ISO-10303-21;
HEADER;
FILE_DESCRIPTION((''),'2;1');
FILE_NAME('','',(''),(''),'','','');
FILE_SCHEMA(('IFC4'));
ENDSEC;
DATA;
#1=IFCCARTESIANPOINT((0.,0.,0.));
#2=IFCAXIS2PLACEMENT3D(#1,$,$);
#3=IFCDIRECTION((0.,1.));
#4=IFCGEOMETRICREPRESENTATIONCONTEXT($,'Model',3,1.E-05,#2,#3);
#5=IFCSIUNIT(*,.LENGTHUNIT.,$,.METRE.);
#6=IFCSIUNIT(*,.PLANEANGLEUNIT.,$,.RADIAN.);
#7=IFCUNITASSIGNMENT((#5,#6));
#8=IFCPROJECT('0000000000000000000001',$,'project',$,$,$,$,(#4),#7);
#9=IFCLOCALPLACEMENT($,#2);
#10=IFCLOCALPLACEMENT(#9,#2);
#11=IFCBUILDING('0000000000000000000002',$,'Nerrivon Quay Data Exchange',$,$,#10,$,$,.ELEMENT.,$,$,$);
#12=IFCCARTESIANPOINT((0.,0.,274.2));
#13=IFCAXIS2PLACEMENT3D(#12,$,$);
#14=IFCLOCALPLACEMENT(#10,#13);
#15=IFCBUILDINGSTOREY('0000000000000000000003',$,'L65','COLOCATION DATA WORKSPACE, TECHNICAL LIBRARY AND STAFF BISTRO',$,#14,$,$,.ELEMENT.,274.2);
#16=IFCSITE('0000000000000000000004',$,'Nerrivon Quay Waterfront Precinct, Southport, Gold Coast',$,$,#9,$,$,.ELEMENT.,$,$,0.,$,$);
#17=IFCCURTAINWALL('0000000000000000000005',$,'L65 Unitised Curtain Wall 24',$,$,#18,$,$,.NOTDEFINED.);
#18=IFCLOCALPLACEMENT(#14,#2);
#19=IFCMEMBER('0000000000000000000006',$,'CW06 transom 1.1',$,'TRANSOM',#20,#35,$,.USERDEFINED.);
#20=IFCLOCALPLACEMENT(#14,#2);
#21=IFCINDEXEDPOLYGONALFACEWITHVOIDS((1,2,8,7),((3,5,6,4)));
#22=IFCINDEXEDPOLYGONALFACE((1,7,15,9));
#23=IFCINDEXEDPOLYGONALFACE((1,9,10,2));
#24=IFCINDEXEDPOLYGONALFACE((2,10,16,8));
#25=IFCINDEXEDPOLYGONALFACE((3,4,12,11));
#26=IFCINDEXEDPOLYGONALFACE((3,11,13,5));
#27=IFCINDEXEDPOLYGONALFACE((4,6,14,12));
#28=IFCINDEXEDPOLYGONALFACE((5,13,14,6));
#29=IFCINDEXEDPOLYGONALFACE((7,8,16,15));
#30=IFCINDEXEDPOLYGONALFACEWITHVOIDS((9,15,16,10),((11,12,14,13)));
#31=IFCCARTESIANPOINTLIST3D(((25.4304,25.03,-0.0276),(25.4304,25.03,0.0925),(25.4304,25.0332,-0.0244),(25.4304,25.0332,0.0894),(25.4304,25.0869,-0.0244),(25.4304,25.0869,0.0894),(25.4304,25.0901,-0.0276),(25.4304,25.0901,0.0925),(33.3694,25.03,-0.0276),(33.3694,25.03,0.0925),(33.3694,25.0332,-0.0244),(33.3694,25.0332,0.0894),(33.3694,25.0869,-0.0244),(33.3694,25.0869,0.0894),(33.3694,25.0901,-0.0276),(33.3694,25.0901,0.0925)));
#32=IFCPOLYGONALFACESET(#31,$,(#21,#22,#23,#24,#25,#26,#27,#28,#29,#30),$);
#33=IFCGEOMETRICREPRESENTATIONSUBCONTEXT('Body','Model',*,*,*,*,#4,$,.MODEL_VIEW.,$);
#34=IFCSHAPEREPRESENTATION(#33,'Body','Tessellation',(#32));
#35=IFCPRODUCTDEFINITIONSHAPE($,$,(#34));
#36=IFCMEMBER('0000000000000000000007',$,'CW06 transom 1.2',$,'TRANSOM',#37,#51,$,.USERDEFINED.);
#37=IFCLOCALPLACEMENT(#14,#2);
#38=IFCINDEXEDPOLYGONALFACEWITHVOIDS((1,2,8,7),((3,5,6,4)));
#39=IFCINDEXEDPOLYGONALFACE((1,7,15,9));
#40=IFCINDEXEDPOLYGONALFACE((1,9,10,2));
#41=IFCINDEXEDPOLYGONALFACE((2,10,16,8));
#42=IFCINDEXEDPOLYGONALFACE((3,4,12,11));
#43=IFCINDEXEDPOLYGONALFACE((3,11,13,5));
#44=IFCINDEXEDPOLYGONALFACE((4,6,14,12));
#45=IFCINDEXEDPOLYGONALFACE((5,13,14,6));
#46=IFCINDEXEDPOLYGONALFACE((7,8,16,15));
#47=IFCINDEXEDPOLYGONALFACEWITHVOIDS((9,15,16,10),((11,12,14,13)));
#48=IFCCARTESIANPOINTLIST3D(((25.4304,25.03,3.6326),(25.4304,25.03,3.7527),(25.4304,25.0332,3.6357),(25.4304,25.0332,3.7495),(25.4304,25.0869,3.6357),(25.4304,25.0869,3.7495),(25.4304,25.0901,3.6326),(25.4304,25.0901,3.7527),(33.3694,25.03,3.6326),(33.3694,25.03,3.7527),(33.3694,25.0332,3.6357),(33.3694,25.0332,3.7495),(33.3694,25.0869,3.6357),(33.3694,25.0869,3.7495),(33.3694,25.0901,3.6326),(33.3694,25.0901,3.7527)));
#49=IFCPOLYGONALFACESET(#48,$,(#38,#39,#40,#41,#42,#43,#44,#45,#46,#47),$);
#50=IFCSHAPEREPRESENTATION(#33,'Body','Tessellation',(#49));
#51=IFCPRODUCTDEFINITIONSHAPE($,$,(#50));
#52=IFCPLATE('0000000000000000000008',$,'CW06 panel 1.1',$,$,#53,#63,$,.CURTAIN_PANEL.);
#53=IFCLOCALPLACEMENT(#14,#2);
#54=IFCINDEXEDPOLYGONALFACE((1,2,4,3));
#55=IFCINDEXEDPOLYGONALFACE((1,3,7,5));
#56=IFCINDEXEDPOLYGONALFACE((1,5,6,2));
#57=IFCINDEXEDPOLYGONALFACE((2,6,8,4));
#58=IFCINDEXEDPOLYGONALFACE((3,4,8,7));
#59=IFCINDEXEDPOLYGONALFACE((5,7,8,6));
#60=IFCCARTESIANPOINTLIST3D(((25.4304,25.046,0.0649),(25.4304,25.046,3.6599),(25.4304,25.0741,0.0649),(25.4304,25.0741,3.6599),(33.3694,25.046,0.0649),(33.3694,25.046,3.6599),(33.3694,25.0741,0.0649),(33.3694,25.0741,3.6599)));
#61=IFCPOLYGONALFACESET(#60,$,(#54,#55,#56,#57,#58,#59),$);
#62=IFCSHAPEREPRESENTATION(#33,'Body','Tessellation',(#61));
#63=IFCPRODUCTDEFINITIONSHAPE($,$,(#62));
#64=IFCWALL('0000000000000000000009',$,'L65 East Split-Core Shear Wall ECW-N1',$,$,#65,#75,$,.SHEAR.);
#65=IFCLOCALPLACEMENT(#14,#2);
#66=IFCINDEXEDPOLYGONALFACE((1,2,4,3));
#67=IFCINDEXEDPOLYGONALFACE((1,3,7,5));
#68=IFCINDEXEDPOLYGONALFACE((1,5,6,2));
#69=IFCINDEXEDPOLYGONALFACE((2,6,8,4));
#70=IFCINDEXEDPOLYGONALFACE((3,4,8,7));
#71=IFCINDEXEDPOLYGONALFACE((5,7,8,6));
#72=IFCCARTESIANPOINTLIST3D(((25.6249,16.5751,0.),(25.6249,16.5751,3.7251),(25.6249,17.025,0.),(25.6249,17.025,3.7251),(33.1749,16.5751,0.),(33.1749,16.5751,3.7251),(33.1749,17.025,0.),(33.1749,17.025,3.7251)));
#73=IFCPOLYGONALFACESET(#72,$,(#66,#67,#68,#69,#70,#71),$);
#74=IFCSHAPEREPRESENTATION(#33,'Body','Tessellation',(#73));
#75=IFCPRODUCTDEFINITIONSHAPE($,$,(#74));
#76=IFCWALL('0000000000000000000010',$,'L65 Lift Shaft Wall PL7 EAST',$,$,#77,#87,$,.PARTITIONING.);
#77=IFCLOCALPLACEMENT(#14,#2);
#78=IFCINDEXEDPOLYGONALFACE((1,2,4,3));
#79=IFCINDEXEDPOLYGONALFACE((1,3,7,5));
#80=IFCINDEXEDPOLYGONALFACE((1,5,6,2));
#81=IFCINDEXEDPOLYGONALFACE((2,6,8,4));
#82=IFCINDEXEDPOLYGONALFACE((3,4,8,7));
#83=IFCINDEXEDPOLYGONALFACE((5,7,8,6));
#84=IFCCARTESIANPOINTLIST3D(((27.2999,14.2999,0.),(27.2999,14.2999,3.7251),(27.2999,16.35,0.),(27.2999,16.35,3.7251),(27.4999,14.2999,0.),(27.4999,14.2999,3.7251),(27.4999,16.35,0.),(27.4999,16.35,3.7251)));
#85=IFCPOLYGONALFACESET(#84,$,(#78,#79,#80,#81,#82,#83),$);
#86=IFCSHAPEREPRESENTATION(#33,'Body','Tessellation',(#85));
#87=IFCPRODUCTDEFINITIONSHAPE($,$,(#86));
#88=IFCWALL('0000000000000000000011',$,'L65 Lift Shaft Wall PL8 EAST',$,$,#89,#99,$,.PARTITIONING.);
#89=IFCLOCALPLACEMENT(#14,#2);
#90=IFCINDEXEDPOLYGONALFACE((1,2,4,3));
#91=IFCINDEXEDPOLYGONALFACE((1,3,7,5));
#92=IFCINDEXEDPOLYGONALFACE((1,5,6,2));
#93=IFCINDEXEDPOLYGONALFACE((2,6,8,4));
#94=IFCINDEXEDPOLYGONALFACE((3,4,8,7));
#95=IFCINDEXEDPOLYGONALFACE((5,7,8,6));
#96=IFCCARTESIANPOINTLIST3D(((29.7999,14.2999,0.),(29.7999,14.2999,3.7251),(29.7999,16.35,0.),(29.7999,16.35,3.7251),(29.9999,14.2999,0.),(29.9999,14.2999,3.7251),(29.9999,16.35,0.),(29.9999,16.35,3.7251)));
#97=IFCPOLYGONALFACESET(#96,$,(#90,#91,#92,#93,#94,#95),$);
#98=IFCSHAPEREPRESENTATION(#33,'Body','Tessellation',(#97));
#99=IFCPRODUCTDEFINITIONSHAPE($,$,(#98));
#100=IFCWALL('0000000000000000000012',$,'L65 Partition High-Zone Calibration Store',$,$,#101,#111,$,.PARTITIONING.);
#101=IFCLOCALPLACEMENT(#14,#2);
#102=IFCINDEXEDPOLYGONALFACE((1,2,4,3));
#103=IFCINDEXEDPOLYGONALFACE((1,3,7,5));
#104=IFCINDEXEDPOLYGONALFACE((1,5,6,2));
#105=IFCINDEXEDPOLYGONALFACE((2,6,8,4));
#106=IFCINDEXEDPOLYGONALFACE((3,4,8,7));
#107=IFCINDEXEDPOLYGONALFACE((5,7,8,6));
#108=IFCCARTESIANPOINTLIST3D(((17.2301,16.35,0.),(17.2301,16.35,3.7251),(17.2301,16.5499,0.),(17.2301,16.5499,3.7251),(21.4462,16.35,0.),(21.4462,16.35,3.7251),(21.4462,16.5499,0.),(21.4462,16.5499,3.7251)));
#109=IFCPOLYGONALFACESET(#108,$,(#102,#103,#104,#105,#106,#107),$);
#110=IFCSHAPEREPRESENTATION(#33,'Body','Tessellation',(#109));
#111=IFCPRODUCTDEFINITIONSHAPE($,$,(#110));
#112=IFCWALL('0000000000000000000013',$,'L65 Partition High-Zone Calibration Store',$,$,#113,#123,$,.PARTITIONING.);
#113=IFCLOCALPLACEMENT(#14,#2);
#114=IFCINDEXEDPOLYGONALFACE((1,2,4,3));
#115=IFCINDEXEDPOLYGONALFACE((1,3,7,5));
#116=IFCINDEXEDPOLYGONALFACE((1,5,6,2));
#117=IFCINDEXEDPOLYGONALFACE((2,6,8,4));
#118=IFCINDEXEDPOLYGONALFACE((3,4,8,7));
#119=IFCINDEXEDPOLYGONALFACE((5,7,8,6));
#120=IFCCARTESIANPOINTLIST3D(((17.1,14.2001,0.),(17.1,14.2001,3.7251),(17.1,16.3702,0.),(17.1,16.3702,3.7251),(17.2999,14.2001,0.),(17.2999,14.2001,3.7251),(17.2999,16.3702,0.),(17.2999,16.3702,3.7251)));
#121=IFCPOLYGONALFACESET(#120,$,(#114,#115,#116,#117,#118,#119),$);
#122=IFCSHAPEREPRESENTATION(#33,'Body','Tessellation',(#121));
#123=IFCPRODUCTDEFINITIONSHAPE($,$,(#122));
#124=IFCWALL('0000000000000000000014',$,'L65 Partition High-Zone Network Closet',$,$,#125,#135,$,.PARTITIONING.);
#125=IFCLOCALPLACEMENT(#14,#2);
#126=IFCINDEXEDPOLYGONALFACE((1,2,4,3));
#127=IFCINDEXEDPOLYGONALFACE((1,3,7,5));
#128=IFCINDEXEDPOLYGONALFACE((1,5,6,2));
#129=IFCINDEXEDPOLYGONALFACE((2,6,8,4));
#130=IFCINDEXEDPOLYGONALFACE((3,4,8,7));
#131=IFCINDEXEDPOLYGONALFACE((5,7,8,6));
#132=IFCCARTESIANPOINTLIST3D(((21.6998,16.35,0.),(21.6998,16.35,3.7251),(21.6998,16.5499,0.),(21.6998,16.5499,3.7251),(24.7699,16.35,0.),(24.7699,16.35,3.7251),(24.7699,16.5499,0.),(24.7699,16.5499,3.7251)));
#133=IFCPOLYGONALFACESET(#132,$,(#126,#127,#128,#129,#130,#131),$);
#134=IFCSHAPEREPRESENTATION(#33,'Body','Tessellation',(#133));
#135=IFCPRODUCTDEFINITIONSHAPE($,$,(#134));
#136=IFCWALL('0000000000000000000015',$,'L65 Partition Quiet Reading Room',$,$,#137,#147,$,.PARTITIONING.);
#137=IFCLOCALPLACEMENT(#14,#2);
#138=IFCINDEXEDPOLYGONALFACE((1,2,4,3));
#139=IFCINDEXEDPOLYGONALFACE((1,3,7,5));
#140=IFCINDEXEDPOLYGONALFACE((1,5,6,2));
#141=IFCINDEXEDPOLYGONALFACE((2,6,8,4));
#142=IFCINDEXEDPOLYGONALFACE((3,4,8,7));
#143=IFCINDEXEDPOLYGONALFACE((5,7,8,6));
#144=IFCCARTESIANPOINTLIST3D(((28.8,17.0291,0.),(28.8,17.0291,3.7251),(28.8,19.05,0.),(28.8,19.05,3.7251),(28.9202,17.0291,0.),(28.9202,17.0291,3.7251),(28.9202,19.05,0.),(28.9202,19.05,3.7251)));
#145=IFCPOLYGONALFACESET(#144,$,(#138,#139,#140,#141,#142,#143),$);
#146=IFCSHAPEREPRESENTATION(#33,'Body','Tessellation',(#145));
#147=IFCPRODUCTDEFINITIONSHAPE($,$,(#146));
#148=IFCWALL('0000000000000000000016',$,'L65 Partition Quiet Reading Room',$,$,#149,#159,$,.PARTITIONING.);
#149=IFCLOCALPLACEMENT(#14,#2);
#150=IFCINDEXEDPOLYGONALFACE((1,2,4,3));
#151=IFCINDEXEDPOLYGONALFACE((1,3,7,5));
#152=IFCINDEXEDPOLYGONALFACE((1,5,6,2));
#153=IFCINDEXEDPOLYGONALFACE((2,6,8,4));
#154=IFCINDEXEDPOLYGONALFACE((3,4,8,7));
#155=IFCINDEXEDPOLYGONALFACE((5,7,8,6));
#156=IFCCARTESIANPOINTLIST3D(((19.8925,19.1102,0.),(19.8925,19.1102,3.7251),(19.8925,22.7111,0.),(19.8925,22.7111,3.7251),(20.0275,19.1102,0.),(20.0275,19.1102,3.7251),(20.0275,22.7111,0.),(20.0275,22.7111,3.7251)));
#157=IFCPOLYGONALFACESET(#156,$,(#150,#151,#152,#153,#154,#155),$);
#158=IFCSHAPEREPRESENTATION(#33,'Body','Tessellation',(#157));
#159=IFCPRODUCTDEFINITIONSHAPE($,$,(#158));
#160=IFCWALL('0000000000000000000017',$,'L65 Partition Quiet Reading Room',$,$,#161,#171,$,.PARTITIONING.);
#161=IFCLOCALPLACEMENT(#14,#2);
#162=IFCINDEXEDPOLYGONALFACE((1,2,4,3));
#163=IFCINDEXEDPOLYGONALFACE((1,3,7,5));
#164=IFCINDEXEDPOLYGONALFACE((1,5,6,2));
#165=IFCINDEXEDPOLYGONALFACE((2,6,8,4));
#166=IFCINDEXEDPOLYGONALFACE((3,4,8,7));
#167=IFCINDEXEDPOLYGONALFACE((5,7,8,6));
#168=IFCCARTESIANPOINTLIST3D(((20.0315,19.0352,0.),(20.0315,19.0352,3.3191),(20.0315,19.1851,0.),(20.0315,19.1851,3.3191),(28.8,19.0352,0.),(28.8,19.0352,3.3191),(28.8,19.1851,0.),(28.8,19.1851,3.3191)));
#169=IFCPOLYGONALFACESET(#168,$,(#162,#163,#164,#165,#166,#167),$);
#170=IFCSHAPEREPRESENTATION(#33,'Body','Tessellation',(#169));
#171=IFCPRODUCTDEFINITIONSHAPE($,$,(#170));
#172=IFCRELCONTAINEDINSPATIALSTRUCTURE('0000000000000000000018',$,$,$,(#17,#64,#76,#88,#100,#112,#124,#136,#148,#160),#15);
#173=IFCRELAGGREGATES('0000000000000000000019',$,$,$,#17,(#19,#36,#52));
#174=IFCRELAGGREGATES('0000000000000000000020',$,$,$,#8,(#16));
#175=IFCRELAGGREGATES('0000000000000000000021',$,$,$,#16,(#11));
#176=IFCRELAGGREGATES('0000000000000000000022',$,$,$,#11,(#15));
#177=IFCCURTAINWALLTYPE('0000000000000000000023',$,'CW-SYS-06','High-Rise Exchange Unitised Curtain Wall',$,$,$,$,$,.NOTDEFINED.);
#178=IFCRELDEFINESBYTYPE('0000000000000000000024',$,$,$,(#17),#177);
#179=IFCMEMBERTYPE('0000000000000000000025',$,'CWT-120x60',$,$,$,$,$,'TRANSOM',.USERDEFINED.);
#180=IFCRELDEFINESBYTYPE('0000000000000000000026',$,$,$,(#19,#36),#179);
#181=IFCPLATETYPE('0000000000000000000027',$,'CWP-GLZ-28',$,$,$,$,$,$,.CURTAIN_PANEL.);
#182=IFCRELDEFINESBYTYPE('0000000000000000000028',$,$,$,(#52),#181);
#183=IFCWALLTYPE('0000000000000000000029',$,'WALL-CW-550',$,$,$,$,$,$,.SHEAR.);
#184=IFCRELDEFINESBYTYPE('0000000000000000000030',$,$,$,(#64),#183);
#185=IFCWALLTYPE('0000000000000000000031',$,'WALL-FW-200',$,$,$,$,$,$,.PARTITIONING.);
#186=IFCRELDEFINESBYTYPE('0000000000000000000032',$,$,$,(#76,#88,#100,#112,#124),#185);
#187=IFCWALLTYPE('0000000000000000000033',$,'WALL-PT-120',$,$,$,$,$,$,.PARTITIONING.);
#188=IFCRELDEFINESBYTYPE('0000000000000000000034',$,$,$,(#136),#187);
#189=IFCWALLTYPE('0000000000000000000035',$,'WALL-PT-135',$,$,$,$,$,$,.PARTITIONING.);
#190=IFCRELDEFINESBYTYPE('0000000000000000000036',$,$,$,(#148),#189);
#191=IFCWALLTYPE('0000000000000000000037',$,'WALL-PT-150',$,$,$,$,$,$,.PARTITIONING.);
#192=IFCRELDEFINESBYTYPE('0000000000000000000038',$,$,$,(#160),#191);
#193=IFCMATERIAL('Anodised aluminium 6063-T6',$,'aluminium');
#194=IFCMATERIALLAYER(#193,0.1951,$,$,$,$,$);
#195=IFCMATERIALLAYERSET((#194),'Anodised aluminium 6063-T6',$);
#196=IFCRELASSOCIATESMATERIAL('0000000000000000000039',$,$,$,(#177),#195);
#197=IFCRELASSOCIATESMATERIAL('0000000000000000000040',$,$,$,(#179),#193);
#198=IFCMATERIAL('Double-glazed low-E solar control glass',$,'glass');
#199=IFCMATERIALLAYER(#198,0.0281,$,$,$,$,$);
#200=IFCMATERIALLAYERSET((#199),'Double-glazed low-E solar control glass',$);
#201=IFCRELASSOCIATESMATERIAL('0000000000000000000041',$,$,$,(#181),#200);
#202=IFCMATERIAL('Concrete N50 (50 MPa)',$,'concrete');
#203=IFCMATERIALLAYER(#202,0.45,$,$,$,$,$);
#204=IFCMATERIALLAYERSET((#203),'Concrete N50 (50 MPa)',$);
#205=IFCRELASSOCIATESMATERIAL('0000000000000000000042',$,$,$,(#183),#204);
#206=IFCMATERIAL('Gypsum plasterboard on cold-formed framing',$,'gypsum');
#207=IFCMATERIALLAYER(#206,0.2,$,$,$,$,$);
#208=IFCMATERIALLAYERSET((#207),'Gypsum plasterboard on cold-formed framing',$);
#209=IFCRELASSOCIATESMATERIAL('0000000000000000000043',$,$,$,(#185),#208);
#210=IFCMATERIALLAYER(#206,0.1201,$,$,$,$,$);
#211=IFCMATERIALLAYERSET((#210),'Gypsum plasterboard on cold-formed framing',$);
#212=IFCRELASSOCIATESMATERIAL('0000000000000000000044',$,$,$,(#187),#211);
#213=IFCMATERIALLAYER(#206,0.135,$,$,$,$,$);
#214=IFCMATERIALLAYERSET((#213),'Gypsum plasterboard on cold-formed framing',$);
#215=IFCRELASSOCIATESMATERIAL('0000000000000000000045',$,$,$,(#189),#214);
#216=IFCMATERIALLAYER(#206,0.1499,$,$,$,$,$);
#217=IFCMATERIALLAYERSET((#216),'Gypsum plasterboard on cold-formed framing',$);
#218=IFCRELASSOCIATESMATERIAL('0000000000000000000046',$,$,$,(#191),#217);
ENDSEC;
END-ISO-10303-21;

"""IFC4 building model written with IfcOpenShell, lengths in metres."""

from ifc_helpers import new_model, si_unit, direction, frame, frame_2d, origin, origin_2d, place, context, subcontext, project, spatial, rectangle, hollow_rectangle, extrude, material, layer, layer_set, material_profile, profile_set, type_object, element, aggregate, save


model = new_model("IFC4")

# Units and contexts
model_context = context("Model", 3, precision=1e-05, world=origin(), true_north=direction((0.0, 1.0)))
body_context = subcontext(model_context, "Body", "Model", "MODEL_VIEW")
ifc_project = project(units=[si_unit("LENGTHUNIT", "METRE"), si_unit("PLANEANGLEUNIT", "RADIAN")], contexts=[model_context])

# Site, building, storey
site_placement = place(None, origin())
site = spatial("IfcSite", under=ifc_project, at=site_placement, Name="Nerrivon Quay Waterfront Precinct, Southport, Gold Coast", CompositionType="ELEMENT", RefElevation=0.0)
building_placement = place(site_placement, origin())
building = spatial("IfcBuilding", under=site, at=building_placement, Name="Nerrivon Quay Data Exchange", CompositionType="ELEMENT")
storey_placement = place(building_placement, frame((0.0, 0.0, 274.2)))
storey = spatial("IfcBuildingStorey", under=building, at=storey_placement, Name="L65", Description="COLOCATION DATA WORKSPACE, TECHNICAL LIBRARY AND STAFF BISTRO", CompositionType="ELEMENT", Elevation=274.2)

# Shared definitions
ifc_material_1 = material(Name="Concrete N50 (50 MPa)", Category="concrete")

# Curtain wall, members, plate
ifc_material_2 = material(Name="Anodised aluminium 6063-T6", Category="aluminium")
ifc_layer_1 = layer(ifc_material_2, 0.1951)
ifc_layer_set_1 = layer_set([ifc_layer_1], Name="Anodised aluminium 6063-T6")
curtain_wall_type = type_object("IfcCurtainWallType", Name="CW-SYS-06", Description="High-Rise Exchange Unitised Curtain Wall", PredefinedType="NOTDEFINED", material=ifc_layer_set_1)
curtain_wall_placement = place(storey_placement, origin())
curtain_wall = element("IfcCurtainWall", 1, at=curtain_wall_placement, inside=storey, type_object=curtain_wall_type, Name="L65 Unitised Curtain Wall 24", PredefinedType="NOTDEFINED")
ifc_material_profile_1 = material_profile(ifc_material_2, hollow_rectangle(XDim=0.0601, YDim=0.1201, WallThickness=0.0032, at=origin_2d()), Name="ALU-TRAN-120x60")
ifc_profile_set_1 = profile_set([ifc_material_profile_1], Name="Anodised aluminium 6063-T6")
member_type_1 = type_object("IfcMemberType", Name="CWT-120x60", ElementType="TRANSOM", PredefinedType="USERDEFINED", material=ifc_profile_set_1)
member_1_placement = place(storey_placement, frame((25.4304, 25.0601, 0.0325), z_axis=(1.0, 0.0, 0.0), x_axis=(0.0, 1.0, 0.0)))
member_1 = element("IfcMember", 2, at=member_1_placement, type_object=member_type_1, Name="CW06 transom 1.1", ObjectType="TRANSOM", PredefinedType="USERDEFINED", context=body_context, shape_type="SweptSolid", body=[
    extrude(hollow_rectangle(XDim=0.0601, YDim=0.1201, WallThickness=0.0032, at=origin_2d()), origin(), (0.0, 0.0, 1.0), 7.939),
])
member_2_placement = place(storey_placement, frame((25.4304, 25.0601, 3.6926), z_axis=(1.0, 0.0, 0.0), x_axis=(0.0, 1.0, 0.0)))
member_2 = element("IfcMember", 3, at=member_2_placement, type_object=member_type_1, Name="CW06 transom 1.2", ObjectType="TRANSOM", PredefinedType="USERDEFINED", context=body_context, shape_type="SweptSolid", body=[
    extrude(hollow_rectangle(XDim=0.0601, YDim=0.1201, WallThickness=0.0032, at=origin_2d()), origin(), (0.0, 0.0, 1.0), 7.939),
])
ifc_material_3 = material(Name="Double-glazed low-E solar control glass", Category="glass")
ifc_layer_2 = layer(ifc_material_3, 0.0281)
ifc_layer_set_2 = layer_set([ifc_layer_2], Name="Double-glazed low-E solar control glass")
plate_type = type_object("IfcPlateType", Name="CWP-GLZ-28", PredefinedType="CURTAIN_PANEL", material=ifc_layer_set_2)
plate_placement = place(storey_placement, frame((29.3999, 25.0601, 0.0649), z_axis=(0.0, 0.0, 1.0), x_axis=(1.0, 0.0, 0.0)))
plate = element("IfcPlate", 4, at=plate_placement, type_object=plate_type, Name="CW06 panel 1.1", PredefinedType="CURTAIN_PANEL", context=body_context, shape_type="SweptSolid", body=[
    extrude(rectangle(XDim=7.939, YDim=0.0281, at=origin_2d()), origin(), (0.0, 0.0, 1.0), 3.595),
])
aggregate(curtain_wall, [member_1, member_2, plate])

# Walls
ifc_layer_3 = layer(ifc_material_1, 0.45)
ifc_layer_set_3 = layer_set([ifc_layer_3], Name="Concrete N50 (50 MPa)")
wall_type_1 = type_object("IfcWallType", Name="WALL-CW-550", PredefinedType="SHEAR", material=ifc_layer_set_3)
wall_1_placement = place(storey_placement, frame((25.625, 16.8, 0.0), z_axis=(0.0, 0.0, 1.0), x_axis=(1.0, 0.0, 0.0)))
element("IfcWall", 5, at=wall_1_placement, inside=storey, type_object=wall_type_1, Name="L65 East Split-Core Shear Wall ECW-N1", PredefinedType="SHEAR", context=body_context, shape_type="SweptSolid", body=[
    extrude(rectangle(XDim=7.55, YDim=0.45, at=frame_2d((3.7749, 0.0))), origin(), (0.0, 0.0, 1.0), 3.7251),
])
ifc_material_4 = material(Name="Gypsum plasterboard on cold-formed framing", Category="gypsum")
ifc_layer_4 = layer(ifc_material_4, 0.2)
ifc_layer_set_4 = layer_set([ifc_layer_4], Name="Gypsum plasterboard on cold-formed framing")
wall_type_2 = type_object("IfcWallType", Name="WALL-FW-200", PredefinedType="PARTITIONING", material=ifc_layer_set_4)
for number, where, z_axis, x_axis, name in (
    (6, (27.3999, 14.3, 0.0), (0.0, 0.0, 1.0), (0.0, 1.0, 0.0), "L65 Lift Shaft Wall PL7 EAST"),
    (7, (29.8999, 14.3, 0.0), (0.0, 0.0, 1.0), (0.0, 1.0, 0.0), "L65 Lift Shaft Wall PL8 EAST"),
):
    element("IfcWall", number, at=place(storey_placement, frame(where, z_axis=z_axis, x_axis=x_axis)), inside=storey, type_object=wall_type_2, Name=name, PredefinedType="PARTITIONING", context=body_context, shape_type="SweptSolid", body=[
        extrude(rectangle(XDim=2.05, YDim=0.2, at=frame_2d((1.0249, 0.0))), origin(), (0.0, 0.0, 1.0), 3.7251),
    ])
wall_2_placement = place(storey_placement, frame((21.446, 16.45, 0.0), z_axis=(0.0, 0.0, 1.0), x_axis=(-1.0, 0.0, 0.0)))
element("IfcWall", 8, at=wall_2_placement, inside=storey, type_object=wall_type_2, Name="L65 Partition High-Zone Calibration Store", PredefinedType="PARTITIONING", context=body_context, shape_type="SweptSolid", body=[
    extrude(rectangle(XDim=4.2161, YDim=0.2, at=frame_2d((2.1079, 0.0))), origin(), (0.0, 0.0, 1.0), 3.7251),
])
wall_3_placement = place(storey_placement, frame((17.2, 16.3701, 0.0), z_axis=(0.0, 0.0, 1.0), x_axis=(0.0, -1.0, 0.0)))
element("IfcWall", 9, at=wall_3_placement, inside=storey, type_object=wall_type_2, Name="L65 Partition High-Zone Calibration Store", PredefinedType="PARTITIONING", context=body_context, shape_type="SweptSolid", body=[
    extrude(rectangle(XDim=2.1702, YDim=0.2, at=frame_2d((1.085, 0.0))), origin(), (0.0, 0.0, 1.0), 3.7251),
])
wall_4_placement = place(storey_placement, frame((24.77, 16.45, 0.0), z_axis=(0.0, 0.0, 1.0), x_axis=(-1.0, 0.0, 0.0)))
element("IfcWall", 10, at=wall_4_placement, inside=storey, type_object=wall_type_2, Name="L65 Partition High-Zone Network Closet", PredefinedType="PARTITIONING", context=body_context, shape_type="SweptSolid", body=[
    extrude(rectangle(XDim=3.0701, YDim=0.2, at=frame_2d((1.5352, 0.0))), origin(), (0.0, 0.0, 1.0), 3.7251),
])
ifc_layer_5 = layer(ifc_material_4, 0.1201)
ifc_layer_set_5 = layer_set([ifc_layer_5], Name="Gypsum plasterboard on cold-formed framing")
wall_type_3 = type_object("IfcWallType", Name="WALL-PT-120", PredefinedType="PARTITIONING", material=ifc_layer_set_5)
wall_5_placement = place(storey_placement, frame((28.8601, 19.05, 0.0), z_axis=(0.0, 0.0, 1.0), x_axis=(0.0, -1.0, 0.0)))
element("IfcWall", 11, at=wall_5_placement, inside=storey, type_object=wall_type_3, Name="L65 Partition Quiet Reading Room", PredefinedType="PARTITIONING", context=body_context, shape_type="SweptSolid", body=[
    extrude(rectangle(XDim=2.021, YDim=0.1201, at=frame_2d((1.0105, 0.0))), origin(), (0.0, 0.0, 1.0), 3.7251),
])
ifc_layer_6 = layer(ifc_material_4, 0.135)
ifc_layer_set_6 = layer_set([ifc_layer_6], Name="Gypsum plasterboard on cold-formed framing")
wall_type_4 = type_object("IfcWallType", Name="WALL-PT-135", PredefinedType="PARTITIONING", material=ifc_layer_set_6)
wall_6_placement = place(storey_placement, frame((19.96, 22.7109, 0.0), z_axis=(0.0, 0.0, 1.0), x_axis=(0.0, -1.0, 0.0)))
element("IfcWall", 12, at=wall_6_placement, inside=storey, type_object=wall_type_4, Name="L65 Partition Quiet Reading Room", PredefinedType="PARTITIONING", context=body_context, shape_type="SweptSolid", body=[
    extrude(rectangle(XDim=3.6008, YDim=0.135, at=frame_2d((1.8003, 0.0))), origin(), (0.0, 0.0, 1.0), 3.7251),
])
ifc_layer_7 = layer(ifc_material_4, 0.1499)
ifc_layer_set_7 = layer_set([ifc_layer_7], Name="Gypsum plasterboard on cold-formed framing")
wall_type_5 = type_object("IfcWallType", Name="WALL-PT-150", PredefinedType="PARTITIONING", material=ifc_layer_set_7)
wall_7_placement = place(storey_placement, frame((20.0315, 19.1101, 0.0), z_axis=(0.0, 0.0, 1.0), x_axis=(1.0, 0.0, 0.0)))
element("IfcWall", 13, at=wall_7_placement, inside=storey, type_object=wall_type_5, Name="L65 Partition Quiet Reading Room", PredefinedType="PARTITIONING", context=body_context, shape_type="SweptSolid", body=[
    extrude(rectangle(XDim=8.7686, YDim=0.1499, at=frame_2d((4.3843, 0.0))), origin(), (0.0, 0.0, 1.0), 3.3191),
])

save(model, "model.ifc")
